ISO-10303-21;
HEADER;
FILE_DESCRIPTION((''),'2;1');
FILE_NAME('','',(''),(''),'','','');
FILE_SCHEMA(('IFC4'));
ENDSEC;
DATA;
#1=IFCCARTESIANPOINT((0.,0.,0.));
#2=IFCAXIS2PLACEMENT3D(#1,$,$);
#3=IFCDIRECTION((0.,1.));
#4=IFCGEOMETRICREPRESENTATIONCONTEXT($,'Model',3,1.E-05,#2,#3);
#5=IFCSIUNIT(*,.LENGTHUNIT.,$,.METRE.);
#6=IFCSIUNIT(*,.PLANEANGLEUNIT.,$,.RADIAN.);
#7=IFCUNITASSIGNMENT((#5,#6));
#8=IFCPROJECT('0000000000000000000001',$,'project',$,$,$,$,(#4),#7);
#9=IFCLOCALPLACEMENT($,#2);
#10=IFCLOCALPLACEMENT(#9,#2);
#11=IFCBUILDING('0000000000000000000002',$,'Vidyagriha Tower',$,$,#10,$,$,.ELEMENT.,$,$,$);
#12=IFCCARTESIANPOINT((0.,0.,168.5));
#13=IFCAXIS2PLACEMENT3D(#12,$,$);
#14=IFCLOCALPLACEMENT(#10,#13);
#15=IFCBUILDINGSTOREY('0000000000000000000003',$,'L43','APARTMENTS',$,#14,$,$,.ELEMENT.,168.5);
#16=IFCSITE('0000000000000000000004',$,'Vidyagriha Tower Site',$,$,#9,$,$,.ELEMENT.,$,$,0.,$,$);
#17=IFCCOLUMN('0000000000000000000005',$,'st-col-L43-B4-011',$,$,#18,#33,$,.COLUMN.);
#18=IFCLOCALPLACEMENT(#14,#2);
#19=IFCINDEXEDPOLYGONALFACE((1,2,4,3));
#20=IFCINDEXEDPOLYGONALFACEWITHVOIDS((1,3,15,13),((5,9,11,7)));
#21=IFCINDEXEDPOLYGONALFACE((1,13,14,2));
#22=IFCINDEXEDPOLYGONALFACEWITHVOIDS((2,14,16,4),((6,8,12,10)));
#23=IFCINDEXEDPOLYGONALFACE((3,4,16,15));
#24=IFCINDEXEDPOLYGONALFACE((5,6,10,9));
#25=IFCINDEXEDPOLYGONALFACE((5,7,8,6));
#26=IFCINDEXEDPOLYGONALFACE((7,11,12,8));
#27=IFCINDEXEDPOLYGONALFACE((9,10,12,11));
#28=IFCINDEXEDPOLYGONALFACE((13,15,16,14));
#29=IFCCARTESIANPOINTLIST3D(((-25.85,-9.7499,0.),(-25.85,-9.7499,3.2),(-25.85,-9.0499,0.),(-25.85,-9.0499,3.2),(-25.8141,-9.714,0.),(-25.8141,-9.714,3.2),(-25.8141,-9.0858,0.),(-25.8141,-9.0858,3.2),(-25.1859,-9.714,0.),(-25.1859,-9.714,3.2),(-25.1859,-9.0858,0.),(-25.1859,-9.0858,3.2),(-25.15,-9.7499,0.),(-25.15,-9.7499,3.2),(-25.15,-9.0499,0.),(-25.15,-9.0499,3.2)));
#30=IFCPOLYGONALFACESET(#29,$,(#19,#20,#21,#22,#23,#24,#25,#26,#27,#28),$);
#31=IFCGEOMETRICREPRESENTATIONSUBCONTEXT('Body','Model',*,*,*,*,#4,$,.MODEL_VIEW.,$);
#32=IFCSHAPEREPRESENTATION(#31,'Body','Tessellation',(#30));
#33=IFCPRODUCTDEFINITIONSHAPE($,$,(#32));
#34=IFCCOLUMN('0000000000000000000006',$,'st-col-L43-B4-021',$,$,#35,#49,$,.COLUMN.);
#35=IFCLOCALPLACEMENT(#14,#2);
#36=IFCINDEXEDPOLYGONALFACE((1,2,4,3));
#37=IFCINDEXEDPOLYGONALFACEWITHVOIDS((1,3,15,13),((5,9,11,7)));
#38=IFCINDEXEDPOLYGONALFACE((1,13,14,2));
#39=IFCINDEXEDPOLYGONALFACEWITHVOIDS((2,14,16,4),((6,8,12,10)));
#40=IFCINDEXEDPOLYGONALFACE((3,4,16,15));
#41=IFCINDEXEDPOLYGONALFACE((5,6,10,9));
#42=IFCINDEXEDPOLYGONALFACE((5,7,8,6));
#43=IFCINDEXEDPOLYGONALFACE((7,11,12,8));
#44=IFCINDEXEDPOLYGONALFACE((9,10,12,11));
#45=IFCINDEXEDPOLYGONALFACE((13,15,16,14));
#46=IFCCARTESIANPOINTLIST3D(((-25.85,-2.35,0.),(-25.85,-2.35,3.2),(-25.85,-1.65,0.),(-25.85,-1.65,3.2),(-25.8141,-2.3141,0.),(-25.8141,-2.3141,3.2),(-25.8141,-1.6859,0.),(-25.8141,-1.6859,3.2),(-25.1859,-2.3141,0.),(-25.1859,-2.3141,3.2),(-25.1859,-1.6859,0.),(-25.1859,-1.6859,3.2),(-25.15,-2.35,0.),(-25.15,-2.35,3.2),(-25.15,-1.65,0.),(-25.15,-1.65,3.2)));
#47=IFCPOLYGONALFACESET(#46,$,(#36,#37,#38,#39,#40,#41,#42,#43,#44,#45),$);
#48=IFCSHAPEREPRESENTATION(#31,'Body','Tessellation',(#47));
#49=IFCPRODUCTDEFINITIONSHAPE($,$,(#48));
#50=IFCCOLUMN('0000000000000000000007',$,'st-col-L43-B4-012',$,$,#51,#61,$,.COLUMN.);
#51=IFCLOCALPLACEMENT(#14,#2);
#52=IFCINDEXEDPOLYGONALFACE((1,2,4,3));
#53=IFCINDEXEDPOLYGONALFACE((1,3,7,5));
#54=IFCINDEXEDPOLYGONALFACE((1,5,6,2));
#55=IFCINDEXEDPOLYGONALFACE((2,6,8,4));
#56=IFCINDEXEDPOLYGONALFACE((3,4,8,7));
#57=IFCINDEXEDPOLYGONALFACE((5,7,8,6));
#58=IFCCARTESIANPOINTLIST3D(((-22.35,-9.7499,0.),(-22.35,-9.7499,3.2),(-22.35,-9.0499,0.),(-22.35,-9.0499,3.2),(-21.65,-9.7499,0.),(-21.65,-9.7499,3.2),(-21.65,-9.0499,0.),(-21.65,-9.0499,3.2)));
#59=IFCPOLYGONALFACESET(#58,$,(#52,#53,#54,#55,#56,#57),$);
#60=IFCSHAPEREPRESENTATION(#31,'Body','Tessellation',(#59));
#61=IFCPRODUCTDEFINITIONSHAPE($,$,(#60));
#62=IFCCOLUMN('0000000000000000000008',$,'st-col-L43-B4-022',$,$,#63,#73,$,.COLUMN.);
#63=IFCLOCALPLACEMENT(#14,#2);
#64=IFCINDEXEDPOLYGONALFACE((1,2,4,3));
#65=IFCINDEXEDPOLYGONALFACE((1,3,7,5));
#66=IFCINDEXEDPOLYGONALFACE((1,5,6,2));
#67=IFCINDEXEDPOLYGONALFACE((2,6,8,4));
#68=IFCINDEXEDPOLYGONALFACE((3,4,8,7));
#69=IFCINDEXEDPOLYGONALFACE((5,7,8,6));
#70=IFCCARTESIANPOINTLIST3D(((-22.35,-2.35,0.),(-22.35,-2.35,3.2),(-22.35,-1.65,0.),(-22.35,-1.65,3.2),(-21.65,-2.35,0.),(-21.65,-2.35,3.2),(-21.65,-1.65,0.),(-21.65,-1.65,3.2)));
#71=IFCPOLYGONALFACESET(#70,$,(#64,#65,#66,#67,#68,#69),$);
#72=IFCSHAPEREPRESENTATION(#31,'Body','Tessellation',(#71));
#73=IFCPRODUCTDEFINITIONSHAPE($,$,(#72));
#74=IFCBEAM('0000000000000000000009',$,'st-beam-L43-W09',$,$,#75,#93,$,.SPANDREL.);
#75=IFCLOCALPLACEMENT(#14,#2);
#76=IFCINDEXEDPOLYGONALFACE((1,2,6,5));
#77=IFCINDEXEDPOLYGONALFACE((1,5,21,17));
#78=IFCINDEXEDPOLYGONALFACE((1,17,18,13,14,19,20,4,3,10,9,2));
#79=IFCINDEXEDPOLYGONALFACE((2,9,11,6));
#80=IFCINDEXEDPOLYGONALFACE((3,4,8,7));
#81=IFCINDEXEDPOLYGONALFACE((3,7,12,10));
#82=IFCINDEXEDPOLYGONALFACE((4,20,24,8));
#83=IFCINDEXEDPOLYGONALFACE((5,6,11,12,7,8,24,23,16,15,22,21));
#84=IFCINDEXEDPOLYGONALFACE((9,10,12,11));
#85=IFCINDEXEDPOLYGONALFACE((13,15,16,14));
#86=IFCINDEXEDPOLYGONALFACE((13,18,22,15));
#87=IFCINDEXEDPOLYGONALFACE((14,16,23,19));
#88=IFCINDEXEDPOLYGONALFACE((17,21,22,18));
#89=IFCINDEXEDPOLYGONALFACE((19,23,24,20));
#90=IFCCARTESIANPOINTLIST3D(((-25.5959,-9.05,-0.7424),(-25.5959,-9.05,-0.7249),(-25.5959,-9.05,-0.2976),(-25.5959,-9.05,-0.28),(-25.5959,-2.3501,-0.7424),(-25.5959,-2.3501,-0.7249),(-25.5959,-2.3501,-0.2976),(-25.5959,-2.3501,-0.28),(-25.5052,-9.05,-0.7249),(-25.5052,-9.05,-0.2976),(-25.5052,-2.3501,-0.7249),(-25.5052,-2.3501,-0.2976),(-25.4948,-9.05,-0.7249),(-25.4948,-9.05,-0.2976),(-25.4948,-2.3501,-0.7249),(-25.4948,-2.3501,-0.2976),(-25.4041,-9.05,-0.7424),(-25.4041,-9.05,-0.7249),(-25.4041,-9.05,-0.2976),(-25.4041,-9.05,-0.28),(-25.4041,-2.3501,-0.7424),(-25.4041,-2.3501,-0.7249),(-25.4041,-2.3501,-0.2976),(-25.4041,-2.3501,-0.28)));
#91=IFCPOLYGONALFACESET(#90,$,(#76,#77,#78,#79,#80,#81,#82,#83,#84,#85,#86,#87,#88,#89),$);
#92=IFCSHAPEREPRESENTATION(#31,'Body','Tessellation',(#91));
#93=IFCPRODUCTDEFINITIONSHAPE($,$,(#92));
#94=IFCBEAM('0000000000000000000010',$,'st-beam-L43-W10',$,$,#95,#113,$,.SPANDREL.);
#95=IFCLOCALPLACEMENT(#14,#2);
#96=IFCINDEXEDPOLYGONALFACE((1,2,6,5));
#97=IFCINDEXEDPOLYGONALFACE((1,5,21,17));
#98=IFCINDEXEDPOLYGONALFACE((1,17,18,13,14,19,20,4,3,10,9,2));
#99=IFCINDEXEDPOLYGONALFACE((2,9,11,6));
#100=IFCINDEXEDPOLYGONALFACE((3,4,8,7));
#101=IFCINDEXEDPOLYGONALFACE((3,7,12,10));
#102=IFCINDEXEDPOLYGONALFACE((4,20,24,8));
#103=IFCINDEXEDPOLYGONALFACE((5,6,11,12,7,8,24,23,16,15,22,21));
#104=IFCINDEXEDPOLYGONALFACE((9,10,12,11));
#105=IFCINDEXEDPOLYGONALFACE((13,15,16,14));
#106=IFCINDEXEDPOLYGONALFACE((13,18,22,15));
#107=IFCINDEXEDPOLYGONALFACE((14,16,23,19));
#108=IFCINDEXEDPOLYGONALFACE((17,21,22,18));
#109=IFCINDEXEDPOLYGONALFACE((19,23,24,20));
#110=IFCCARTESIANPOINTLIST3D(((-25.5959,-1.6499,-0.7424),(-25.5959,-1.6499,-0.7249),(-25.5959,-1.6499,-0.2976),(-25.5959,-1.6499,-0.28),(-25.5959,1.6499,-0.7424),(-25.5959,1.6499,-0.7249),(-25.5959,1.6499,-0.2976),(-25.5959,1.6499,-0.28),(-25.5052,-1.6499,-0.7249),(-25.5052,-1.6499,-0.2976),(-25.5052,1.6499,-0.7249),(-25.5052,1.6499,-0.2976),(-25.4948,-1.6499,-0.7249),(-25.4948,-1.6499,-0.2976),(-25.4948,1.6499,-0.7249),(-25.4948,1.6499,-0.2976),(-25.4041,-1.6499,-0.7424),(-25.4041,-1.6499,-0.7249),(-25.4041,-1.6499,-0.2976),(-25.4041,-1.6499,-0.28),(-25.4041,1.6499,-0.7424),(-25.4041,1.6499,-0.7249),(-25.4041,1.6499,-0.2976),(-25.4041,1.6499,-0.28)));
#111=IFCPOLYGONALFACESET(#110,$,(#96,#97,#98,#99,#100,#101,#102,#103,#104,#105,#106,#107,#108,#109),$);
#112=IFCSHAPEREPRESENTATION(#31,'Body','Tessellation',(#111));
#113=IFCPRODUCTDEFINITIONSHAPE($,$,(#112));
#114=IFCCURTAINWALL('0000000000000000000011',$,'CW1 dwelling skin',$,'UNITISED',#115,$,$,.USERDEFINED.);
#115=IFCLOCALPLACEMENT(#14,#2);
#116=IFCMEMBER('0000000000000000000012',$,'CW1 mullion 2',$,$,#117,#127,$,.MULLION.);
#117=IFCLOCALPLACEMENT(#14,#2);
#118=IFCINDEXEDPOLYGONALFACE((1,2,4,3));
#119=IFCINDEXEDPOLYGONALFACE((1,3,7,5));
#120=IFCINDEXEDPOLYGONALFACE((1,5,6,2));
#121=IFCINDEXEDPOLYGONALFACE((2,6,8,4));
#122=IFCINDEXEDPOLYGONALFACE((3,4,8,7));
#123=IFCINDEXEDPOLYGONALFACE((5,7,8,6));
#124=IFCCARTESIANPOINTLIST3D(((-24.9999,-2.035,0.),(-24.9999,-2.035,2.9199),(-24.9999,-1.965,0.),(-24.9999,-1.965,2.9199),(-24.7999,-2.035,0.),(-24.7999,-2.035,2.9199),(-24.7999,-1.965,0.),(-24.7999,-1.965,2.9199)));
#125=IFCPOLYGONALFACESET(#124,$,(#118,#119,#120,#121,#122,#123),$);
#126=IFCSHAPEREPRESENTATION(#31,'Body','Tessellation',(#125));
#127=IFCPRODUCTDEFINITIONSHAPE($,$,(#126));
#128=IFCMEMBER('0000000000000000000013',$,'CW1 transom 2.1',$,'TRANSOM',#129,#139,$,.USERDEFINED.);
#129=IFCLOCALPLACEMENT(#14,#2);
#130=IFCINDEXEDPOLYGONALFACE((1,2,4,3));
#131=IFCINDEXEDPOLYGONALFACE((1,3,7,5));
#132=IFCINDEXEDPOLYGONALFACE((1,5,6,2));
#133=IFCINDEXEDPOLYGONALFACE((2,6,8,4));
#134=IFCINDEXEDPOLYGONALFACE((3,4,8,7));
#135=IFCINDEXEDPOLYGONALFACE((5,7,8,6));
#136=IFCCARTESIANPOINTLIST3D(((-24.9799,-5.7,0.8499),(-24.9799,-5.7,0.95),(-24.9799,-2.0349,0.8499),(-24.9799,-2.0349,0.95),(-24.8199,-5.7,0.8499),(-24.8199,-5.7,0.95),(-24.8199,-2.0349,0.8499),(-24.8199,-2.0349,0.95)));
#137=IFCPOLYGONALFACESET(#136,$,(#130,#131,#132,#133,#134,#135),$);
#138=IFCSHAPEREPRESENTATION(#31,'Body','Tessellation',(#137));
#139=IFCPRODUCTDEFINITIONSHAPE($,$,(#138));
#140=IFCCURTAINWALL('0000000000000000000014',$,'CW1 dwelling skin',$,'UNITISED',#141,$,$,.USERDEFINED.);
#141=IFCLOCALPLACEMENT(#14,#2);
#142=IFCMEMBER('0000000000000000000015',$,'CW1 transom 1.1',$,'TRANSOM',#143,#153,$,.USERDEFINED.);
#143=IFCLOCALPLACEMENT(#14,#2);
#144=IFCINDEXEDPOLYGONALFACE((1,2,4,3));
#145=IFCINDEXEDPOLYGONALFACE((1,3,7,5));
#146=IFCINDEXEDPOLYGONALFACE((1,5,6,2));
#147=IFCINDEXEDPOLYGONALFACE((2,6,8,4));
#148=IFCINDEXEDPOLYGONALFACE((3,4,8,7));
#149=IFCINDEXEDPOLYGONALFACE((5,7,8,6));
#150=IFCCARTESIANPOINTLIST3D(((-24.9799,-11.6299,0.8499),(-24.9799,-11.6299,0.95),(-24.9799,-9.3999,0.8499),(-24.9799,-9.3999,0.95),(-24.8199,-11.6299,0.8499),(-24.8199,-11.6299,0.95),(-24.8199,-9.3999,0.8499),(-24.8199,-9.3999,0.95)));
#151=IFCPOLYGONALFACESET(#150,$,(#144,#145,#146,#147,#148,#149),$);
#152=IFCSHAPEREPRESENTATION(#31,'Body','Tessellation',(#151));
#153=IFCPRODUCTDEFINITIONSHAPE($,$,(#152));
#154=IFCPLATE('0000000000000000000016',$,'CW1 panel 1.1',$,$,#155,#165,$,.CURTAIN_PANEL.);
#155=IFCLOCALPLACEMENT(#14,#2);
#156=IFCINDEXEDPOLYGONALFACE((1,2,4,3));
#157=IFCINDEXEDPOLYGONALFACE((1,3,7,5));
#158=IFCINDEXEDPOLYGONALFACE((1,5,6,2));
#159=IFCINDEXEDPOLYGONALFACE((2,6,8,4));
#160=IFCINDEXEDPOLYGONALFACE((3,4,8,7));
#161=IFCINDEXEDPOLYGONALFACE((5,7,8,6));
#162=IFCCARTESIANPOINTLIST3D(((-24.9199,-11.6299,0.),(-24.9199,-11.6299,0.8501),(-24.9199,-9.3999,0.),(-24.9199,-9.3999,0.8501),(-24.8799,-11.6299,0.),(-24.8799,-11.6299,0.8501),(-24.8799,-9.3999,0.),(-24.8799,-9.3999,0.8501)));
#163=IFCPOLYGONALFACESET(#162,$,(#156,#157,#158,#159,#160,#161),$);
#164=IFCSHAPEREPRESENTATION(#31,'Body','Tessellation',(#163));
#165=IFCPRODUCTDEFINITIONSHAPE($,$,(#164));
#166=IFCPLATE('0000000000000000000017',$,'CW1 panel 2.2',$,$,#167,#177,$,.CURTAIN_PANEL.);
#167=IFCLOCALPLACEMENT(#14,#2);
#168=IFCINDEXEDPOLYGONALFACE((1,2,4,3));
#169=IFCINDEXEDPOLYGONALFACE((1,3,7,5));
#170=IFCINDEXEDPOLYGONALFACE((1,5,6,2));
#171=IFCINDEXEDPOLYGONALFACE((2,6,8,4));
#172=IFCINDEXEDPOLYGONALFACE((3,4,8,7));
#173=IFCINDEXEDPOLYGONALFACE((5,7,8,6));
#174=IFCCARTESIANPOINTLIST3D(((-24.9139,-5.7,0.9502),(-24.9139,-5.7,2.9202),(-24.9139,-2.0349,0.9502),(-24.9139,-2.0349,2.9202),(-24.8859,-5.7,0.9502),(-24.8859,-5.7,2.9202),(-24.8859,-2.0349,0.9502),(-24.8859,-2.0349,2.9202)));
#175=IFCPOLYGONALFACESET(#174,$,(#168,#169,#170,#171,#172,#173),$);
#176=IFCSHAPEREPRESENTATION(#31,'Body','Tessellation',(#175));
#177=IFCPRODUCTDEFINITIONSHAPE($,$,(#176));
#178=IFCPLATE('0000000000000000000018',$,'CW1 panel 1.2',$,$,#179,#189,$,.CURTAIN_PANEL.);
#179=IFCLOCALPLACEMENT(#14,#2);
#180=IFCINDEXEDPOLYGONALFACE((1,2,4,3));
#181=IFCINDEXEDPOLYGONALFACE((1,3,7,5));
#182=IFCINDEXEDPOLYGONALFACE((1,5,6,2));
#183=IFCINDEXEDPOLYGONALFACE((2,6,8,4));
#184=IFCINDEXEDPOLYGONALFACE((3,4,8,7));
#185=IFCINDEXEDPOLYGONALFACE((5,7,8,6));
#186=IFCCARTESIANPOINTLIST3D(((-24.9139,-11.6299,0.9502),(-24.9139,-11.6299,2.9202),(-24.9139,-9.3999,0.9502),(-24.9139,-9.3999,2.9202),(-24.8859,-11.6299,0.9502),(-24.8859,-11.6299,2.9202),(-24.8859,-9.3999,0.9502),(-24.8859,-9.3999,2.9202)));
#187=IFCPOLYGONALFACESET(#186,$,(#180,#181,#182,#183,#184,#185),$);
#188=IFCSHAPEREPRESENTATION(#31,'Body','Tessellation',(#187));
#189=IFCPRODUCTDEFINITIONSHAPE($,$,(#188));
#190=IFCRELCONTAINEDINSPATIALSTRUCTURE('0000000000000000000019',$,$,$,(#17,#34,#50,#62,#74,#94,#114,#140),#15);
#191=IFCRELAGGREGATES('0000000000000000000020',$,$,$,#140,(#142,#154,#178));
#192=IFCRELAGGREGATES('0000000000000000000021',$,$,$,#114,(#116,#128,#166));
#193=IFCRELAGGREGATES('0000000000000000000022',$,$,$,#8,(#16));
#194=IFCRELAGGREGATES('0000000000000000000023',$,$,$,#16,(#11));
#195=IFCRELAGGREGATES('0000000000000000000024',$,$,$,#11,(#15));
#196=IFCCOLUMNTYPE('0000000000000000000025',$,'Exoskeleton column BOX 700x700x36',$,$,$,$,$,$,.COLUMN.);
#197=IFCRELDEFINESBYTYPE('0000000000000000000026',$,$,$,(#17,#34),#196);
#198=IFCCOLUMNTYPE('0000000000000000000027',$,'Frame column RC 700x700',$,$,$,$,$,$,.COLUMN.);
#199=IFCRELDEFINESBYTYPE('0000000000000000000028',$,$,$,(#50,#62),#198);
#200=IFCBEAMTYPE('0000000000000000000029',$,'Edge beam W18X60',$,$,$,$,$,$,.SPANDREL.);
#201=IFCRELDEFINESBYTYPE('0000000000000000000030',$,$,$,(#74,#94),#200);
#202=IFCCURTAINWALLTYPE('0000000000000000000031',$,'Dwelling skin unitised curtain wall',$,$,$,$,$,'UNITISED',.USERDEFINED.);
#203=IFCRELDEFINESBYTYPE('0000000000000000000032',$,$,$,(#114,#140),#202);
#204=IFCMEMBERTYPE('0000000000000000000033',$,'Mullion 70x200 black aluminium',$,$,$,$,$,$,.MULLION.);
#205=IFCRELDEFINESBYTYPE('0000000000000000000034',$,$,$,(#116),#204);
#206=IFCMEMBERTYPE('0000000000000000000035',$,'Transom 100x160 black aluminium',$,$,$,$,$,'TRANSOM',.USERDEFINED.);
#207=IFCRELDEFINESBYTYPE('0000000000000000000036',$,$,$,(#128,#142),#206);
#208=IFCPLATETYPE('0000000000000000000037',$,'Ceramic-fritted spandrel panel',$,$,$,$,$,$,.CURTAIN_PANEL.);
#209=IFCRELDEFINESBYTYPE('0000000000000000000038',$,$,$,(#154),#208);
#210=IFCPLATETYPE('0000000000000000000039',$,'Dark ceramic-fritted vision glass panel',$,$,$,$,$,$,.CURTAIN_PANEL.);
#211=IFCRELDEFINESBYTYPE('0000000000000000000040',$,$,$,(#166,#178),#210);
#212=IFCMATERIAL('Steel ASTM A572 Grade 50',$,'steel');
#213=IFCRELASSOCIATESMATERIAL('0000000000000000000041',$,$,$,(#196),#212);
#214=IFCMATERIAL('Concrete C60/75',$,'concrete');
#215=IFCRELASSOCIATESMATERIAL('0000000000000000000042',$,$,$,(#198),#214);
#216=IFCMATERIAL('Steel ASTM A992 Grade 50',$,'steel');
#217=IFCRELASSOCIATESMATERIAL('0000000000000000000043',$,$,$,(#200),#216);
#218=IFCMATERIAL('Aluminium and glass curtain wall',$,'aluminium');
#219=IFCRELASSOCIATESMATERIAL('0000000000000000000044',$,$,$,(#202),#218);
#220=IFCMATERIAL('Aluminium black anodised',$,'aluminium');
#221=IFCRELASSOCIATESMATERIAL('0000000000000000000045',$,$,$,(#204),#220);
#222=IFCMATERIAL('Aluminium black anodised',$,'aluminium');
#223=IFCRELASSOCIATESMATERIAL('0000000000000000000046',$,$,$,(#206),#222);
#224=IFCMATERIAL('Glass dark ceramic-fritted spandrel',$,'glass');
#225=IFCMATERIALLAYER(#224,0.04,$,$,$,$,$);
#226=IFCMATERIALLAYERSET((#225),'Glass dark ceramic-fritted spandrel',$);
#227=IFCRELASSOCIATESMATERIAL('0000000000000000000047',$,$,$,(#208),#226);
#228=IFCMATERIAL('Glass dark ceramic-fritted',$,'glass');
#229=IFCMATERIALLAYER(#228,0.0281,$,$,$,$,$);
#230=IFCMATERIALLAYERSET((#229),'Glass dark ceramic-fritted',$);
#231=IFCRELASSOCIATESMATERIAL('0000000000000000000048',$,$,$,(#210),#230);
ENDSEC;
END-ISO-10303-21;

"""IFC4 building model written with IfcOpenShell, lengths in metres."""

from ifc_helpers import new_model, si_unit, direction, frame, origin, origin_2d, place, context, subcontext, project, spatial, rectangle, hollow_rectangle, i_section, extrude, material, layer, layer_set, material_profile, profile_set, type_object, element, aggregate, save


model = new_model("IFC4")

# Units and contexts
model_context = context("Model", 3, precision=1e-05, world=origin(), true_north=direction((0.0, 1.0)))
body_context = subcontext(model_context, "Body", "Model", "MODEL_VIEW")
ifc_project = project(units=[si_unit("LENGTHUNIT", "METRE"), si_unit("PLANEANGLEUNIT", "RADIAN")], contexts=[model_context])

# Site, building, storey
site_placement = place(None, origin())
site = spatial("IfcSite", under=ifc_project, at=site_placement, Name="Vidyagriha Tower Site", CompositionType="ELEMENT", RefElevation=0.0)
building_placement = place(site_placement, origin())
building = spatial("IfcBuilding", under=site, at=building_placement, Name="Vidyagriha Tower", CompositionType="ELEMENT")
storey_placement = place(building_placement, frame((0.0, 0.0, 168.5)))
storey = spatial("IfcBuildingStorey", under=building, at=storey_placement, Name="L43", Description="APARTMENTS", CompositionType="ELEMENT", Elevation=168.5)

# Columns
ifc_material_1 = material(Name="Steel ASTM A572 Grade 50", Category="steel")
ifc_material_profile_1 = material_profile(ifc_material_1, hollow_rectangle(XDim=0.7, YDim=0.7, WallThickness=0.0359, at=origin_2d()), Name="BOX 700x700x36")
ifc_profile_set_1 = profile_set([ifc_material_profile_1], Name="Steel ASTM A572 Grade 50")
column_type_1 = type_object("IfcColumnType", Name="Exoskeleton column BOX 700x700x36", PredefinedType="COLUMN", material=ifc_profile_set_1)
for number, where, name in (
    (1, (-25.5, -9.3999, 0.0), "st-col-L43-B4-011"),
    (2, (-25.5, -2.0, 0.0), "st-col-L43-B4-021"),
):
    element("IfcColumn", number, at=place(storey_placement, frame(where)), inside=storey, type_object=column_type_1, Name=name, PredefinedType="COLUMN", context=body_context, shape_type="SweptSolid", body=[
        extrude(hollow_rectangle(XDim=0.7, YDim=0.7, WallThickness=0.0359, at=origin_2d()), origin(), (0.0, 0.0, 1.0), 3.2),
    ])
ifc_material_2 = material(Name="Concrete C60/75", Category="concrete")
ifc_material_profile_2 = material_profile(ifc_material_2, rectangle(XDim=0.7, YDim=0.7, at=origin_2d()), Name="RC 700x700")
ifc_profile_set_2 = profile_set([ifc_material_profile_2], Name="Concrete C60/75")
column_type_2 = type_object("IfcColumnType", Name="Frame column RC 700x700", PredefinedType="COLUMN", material=ifc_profile_set_2)
for number, where, name in (
    (3, (-22.0, -9.3999, 0.0), "st-col-L43-B4-012"),
    (4, (-22.0, -2.0, 0.0), "st-col-L43-B4-022"),
):
    element("IfcColumn", number, at=place(storey_placement, frame(where)), inside=storey, type_object=column_type_2, Name=name, PredefinedType="COLUMN", context=body_context, shape_type="SweptSolid", body=[
        extrude(rectangle(XDim=0.7, YDim=0.7, at=origin_2d()), origin(), (0.0, 0.0, 1.0), 3.2),
    ])

# Beams
ifc_material_3 = material(Name="Steel ASTM A992 Grade 50", Category="steel")
ifc_material_profile_3 = material_profile(ifc_material_3, i_section(OverallWidth=0.1919, OverallDepth=0.4624, WebThickness=0.0105, FlangeThickness=0.0176, at=origin_2d()), Name="W18X60")
ifc_profile_set_3 = profile_set([ifc_material_profile_3], Name="Steel ASTM A992 Grade 50")
beam_type = type_object("IfcBeamType", Name="Edge beam W18X60", PredefinedType="SPANDREL", material=ifc_profile_set_3)
beam_1_placement = place(storey_placement, frame((-25.5, -9.05, -0.5112), z_axis=(0.0, 1.0, 0.0), x_axis=(-1.0, 0.0, 0.0)))
element("IfcBeam", 5, at=beam_1_placement, inside=storey, type_object=beam_type, Name="st-beam-L43-W09", PredefinedType="SPANDREL", context=body_context, shape_type="SweptSolid", body=[
    extrude(i_section(OverallWidth=0.1919, OverallDepth=0.4624, WebThickness=0.0105, FlangeThickness=0.0176, at=origin_2d()), origin(), (0.0, 0.0, 1.0), 6.7),
])
beam_2_placement = place(storey_placement, frame((-25.5, -1.6499, -0.5112), z_axis=(0.0, 1.0, 0.0), x_axis=(-1.0, 0.0, 0.0)))
element("IfcBeam", 6, at=beam_2_placement, inside=storey, type_object=beam_type, Name="st-beam-L43-W10", PredefinedType="SPANDREL", context=body_context, shape_type="SweptSolid", body=[
    extrude(i_section(OverallWidth=0.1919, OverallDepth=0.4624, WebThickness=0.0105, FlangeThickness=0.0176, at=origin_2d()), origin(), (0.0, 0.0, 1.0), 3.2998),
])

# Curtain wall, members
ifc_material_4 = material(Name="Aluminium and glass curtain wall", Category="aluminium")
curtain_wall_type = type_object("IfcCurtainWallType", Name="Dwelling skin unitised curtain wall", ElementType="UNITISED", PredefinedType="USERDEFINED", material=ifc_material_4)
curtain_wall_1_placement = place(storey_placement, origin())
curtain_wall_1 = element("IfcCurtainWall", 7, at=curtain_wall_1_placement, inside=storey, type_object=curtain_wall_type, Name="CW1 dwelling skin", ObjectType="UNITISED", PredefinedType="USERDEFINED")
ifc_material_5 = material(Name="Aluminium black anodised", Category="aluminium")
ifc_material_profile_4 = material_profile(ifc_material_5, rectangle(XDim=0.2, YDim=0.0701, at=origin_2d()), Name="Mullion 70x200 black aluminium")
ifc_profile_set_4 = profile_set([ifc_material_profile_4], Name="Aluminium black anodised")
member_type_1 = type_object("IfcMemberType", Name="Mullion 70x200 black aluminium", PredefinedType="MULLION", material=ifc_profile_set_4)
member_1_placement = place(storey_placement, frame((-24.8999, -2.0, 0.0)))
member_1 = element("IfcMember", 8, at=member_1_placement, type_object=member_type_1, Name="CW1 mullion 2", PredefinedType="MULLION", context=body_context, shape_type="SweptSolid", body=[
    extrude(rectangle(XDim=0.2, YDim=0.0701, at=origin_2d()), origin(), (0.0, 0.0, 1.0), 2.9199),
])
ifc_material_6 = material(Name="Aluminium black anodised", Category="aluminium")
ifc_material_profile_5 = material_profile(ifc_material_6, rectangle(XDim=0.1599, YDim=0.1001, at=origin_2d()), Name="Transom 100x160 black aluminium")
ifc_profile_set_5 = profile_set([ifc_material_profile_5], Name="Aluminium black anodised")
member_type_2 = type_object("IfcMemberType", Name="Transom 100x160 black aluminium", ElementType="TRANSOM", PredefinedType="USERDEFINED", material=ifc_profile_set_5)
member_2_placement = place(storey_placement, frame((-24.8999, -2.0349, 0.8999), z_axis=(0.0, -1.0, 0.0), x_axis=(1.0, 0.0, 0.0)))
member_2 = element("IfcMember", 9, at=member_2_placement, type_object=member_type_2, Name="CW1 transom 2.1", ObjectType="TRANSOM", PredefinedType="USERDEFINED", context=body_context, shape_type="SweptSolid", body=[
    extrude(rectangle(XDim=0.1599, YDim=0.1001, at=origin_2d()), origin(), (0.0, 0.0, 1.0), 3.665),
])

# Curtain wall, member, plate
curtain_wall_2_placement = place(storey_placement, origin())
curtain_wall_2 = element("IfcCurtainWall", 10, at=curtain_wall_2_placement, inside=storey, type_object=curtain_wall_type, Name="CW1 dwelling skin", ObjectType="UNITISED", PredefinedType="USERDEFINED")
member_3_placement = place(storey_placement, frame((-24.8999, -9.3999, 0.8999), z_axis=(0.0, -1.0, 0.0), x_axis=(1.0, 0.0, 0.0)))
member_3 = element("IfcMember", 11, at=member_3_placement, type_object=member_type_2, Name="CW1 transom 1.1", ObjectType="TRANSOM", PredefinedType="USERDEFINED", context=body_context, shape_type="SweptSolid", body=[
    extrude(rectangle(XDim=0.1599, YDim=0.1001, at=origin_2d()), origin(), (0.0, 0.0, 1.0), 2.23),
])
ifc_material_7 = material(Name="Glass dark ceramic-fritted spandrel", Category="glass")
ifc_layer_1 = layer(ifc_material_7, 0.04)
ifc_layer_set_1 = layer_set([ifc_layer_1], Name="Glass dark ceramic-fritted spandrel")
plate_type_1 = type_object("IfcPlateType", Name="Ceramic-fritted spandrel panel", PredefinedType="CURTAIN_PANEL", material=ifc_layer_set_1)
plate_1_placement = place(storey_placement, frame((-24.8999, -10.5149, 0.0), z_axis=(0.0, 0.0, 1.0), x_axis=(0.0, -1.0, 0.0)))
plate_1 = element("IfcPlate", 12, at=plate_1_placement, type_object=plate_type_1, Name="CW1 panel 1.1", PredefinedType="CURTAIN_PANEL", context=body_context, shape_type="SweptSolid", body=[
    extrude(rectangle(XDim=2.23, YDim=0.04, at=origin_2d()), origin(), (0.0, 0.0, 1.0), 0.8501),
])

# Plates
ifc_material_8 = material(Name="Glass dark ceramic-fritted", Category="glass")
ifc_layer_2 = layer(ifc_material_8, 0.0281)
ifc_layer_set_2 = layer_set([ifc_layer_2], Name="Glass dark ceramic-fritted")
plate_type_2 = type_object("IfcPlateType", Name="Dark ceramic-fritted vision glass panel", PredefinedType="CURTAIN_PANEL", material=ifc_layer_set_2)
plate_2_placement = place(storey_placement, frame((-24.8999, -3.8674, 0.9502), z_axis=(0.0, 0.0, 1.0), x_axis=(0.0, -1.0, 0.0)))
plate_2 = element("IfcPlate", 13, at=plate_2_placement, type_object=plate_type_2, Name="CW1 panel 2.2", PredefinedType="CURTAIN_PANEL", context=body_context, shape_type="SweptSolid", body=[
    extrude(rectangle(XDim=3.665, YDim=0.0281, at=origin_2d()), origin(), (0.0, 0.0, 1.0), 1.97),
])
plate_3_placement = place(storey_placement, frame((-24.8999, -10.5149, 0.9502), z_axis=(0.0, 0.0, 1.0), x_axis=(0.0, -1.0, 0.0)))
plate_3 = element("IfcPlate", 14, at=plate_3_placement, type_object=plate_type_2, Name="CW1 panel 1.2", PredefinedType="CURTAIN_PANEL", context=body_context, shape_type="SweptSolid", body=[
    extrude(rectangle(XDim=2.23, YDim=0.0281, at=origin_2d()), origin(), (0.0, 0.0, 1.0), 1.97),
])
aggregate(curtain_wall_2, [member_3, plate_1, plate_3])
aggregate(curtain_wall_1, [member_1, member_2, plate_2])

save(model, "model.ifc")
